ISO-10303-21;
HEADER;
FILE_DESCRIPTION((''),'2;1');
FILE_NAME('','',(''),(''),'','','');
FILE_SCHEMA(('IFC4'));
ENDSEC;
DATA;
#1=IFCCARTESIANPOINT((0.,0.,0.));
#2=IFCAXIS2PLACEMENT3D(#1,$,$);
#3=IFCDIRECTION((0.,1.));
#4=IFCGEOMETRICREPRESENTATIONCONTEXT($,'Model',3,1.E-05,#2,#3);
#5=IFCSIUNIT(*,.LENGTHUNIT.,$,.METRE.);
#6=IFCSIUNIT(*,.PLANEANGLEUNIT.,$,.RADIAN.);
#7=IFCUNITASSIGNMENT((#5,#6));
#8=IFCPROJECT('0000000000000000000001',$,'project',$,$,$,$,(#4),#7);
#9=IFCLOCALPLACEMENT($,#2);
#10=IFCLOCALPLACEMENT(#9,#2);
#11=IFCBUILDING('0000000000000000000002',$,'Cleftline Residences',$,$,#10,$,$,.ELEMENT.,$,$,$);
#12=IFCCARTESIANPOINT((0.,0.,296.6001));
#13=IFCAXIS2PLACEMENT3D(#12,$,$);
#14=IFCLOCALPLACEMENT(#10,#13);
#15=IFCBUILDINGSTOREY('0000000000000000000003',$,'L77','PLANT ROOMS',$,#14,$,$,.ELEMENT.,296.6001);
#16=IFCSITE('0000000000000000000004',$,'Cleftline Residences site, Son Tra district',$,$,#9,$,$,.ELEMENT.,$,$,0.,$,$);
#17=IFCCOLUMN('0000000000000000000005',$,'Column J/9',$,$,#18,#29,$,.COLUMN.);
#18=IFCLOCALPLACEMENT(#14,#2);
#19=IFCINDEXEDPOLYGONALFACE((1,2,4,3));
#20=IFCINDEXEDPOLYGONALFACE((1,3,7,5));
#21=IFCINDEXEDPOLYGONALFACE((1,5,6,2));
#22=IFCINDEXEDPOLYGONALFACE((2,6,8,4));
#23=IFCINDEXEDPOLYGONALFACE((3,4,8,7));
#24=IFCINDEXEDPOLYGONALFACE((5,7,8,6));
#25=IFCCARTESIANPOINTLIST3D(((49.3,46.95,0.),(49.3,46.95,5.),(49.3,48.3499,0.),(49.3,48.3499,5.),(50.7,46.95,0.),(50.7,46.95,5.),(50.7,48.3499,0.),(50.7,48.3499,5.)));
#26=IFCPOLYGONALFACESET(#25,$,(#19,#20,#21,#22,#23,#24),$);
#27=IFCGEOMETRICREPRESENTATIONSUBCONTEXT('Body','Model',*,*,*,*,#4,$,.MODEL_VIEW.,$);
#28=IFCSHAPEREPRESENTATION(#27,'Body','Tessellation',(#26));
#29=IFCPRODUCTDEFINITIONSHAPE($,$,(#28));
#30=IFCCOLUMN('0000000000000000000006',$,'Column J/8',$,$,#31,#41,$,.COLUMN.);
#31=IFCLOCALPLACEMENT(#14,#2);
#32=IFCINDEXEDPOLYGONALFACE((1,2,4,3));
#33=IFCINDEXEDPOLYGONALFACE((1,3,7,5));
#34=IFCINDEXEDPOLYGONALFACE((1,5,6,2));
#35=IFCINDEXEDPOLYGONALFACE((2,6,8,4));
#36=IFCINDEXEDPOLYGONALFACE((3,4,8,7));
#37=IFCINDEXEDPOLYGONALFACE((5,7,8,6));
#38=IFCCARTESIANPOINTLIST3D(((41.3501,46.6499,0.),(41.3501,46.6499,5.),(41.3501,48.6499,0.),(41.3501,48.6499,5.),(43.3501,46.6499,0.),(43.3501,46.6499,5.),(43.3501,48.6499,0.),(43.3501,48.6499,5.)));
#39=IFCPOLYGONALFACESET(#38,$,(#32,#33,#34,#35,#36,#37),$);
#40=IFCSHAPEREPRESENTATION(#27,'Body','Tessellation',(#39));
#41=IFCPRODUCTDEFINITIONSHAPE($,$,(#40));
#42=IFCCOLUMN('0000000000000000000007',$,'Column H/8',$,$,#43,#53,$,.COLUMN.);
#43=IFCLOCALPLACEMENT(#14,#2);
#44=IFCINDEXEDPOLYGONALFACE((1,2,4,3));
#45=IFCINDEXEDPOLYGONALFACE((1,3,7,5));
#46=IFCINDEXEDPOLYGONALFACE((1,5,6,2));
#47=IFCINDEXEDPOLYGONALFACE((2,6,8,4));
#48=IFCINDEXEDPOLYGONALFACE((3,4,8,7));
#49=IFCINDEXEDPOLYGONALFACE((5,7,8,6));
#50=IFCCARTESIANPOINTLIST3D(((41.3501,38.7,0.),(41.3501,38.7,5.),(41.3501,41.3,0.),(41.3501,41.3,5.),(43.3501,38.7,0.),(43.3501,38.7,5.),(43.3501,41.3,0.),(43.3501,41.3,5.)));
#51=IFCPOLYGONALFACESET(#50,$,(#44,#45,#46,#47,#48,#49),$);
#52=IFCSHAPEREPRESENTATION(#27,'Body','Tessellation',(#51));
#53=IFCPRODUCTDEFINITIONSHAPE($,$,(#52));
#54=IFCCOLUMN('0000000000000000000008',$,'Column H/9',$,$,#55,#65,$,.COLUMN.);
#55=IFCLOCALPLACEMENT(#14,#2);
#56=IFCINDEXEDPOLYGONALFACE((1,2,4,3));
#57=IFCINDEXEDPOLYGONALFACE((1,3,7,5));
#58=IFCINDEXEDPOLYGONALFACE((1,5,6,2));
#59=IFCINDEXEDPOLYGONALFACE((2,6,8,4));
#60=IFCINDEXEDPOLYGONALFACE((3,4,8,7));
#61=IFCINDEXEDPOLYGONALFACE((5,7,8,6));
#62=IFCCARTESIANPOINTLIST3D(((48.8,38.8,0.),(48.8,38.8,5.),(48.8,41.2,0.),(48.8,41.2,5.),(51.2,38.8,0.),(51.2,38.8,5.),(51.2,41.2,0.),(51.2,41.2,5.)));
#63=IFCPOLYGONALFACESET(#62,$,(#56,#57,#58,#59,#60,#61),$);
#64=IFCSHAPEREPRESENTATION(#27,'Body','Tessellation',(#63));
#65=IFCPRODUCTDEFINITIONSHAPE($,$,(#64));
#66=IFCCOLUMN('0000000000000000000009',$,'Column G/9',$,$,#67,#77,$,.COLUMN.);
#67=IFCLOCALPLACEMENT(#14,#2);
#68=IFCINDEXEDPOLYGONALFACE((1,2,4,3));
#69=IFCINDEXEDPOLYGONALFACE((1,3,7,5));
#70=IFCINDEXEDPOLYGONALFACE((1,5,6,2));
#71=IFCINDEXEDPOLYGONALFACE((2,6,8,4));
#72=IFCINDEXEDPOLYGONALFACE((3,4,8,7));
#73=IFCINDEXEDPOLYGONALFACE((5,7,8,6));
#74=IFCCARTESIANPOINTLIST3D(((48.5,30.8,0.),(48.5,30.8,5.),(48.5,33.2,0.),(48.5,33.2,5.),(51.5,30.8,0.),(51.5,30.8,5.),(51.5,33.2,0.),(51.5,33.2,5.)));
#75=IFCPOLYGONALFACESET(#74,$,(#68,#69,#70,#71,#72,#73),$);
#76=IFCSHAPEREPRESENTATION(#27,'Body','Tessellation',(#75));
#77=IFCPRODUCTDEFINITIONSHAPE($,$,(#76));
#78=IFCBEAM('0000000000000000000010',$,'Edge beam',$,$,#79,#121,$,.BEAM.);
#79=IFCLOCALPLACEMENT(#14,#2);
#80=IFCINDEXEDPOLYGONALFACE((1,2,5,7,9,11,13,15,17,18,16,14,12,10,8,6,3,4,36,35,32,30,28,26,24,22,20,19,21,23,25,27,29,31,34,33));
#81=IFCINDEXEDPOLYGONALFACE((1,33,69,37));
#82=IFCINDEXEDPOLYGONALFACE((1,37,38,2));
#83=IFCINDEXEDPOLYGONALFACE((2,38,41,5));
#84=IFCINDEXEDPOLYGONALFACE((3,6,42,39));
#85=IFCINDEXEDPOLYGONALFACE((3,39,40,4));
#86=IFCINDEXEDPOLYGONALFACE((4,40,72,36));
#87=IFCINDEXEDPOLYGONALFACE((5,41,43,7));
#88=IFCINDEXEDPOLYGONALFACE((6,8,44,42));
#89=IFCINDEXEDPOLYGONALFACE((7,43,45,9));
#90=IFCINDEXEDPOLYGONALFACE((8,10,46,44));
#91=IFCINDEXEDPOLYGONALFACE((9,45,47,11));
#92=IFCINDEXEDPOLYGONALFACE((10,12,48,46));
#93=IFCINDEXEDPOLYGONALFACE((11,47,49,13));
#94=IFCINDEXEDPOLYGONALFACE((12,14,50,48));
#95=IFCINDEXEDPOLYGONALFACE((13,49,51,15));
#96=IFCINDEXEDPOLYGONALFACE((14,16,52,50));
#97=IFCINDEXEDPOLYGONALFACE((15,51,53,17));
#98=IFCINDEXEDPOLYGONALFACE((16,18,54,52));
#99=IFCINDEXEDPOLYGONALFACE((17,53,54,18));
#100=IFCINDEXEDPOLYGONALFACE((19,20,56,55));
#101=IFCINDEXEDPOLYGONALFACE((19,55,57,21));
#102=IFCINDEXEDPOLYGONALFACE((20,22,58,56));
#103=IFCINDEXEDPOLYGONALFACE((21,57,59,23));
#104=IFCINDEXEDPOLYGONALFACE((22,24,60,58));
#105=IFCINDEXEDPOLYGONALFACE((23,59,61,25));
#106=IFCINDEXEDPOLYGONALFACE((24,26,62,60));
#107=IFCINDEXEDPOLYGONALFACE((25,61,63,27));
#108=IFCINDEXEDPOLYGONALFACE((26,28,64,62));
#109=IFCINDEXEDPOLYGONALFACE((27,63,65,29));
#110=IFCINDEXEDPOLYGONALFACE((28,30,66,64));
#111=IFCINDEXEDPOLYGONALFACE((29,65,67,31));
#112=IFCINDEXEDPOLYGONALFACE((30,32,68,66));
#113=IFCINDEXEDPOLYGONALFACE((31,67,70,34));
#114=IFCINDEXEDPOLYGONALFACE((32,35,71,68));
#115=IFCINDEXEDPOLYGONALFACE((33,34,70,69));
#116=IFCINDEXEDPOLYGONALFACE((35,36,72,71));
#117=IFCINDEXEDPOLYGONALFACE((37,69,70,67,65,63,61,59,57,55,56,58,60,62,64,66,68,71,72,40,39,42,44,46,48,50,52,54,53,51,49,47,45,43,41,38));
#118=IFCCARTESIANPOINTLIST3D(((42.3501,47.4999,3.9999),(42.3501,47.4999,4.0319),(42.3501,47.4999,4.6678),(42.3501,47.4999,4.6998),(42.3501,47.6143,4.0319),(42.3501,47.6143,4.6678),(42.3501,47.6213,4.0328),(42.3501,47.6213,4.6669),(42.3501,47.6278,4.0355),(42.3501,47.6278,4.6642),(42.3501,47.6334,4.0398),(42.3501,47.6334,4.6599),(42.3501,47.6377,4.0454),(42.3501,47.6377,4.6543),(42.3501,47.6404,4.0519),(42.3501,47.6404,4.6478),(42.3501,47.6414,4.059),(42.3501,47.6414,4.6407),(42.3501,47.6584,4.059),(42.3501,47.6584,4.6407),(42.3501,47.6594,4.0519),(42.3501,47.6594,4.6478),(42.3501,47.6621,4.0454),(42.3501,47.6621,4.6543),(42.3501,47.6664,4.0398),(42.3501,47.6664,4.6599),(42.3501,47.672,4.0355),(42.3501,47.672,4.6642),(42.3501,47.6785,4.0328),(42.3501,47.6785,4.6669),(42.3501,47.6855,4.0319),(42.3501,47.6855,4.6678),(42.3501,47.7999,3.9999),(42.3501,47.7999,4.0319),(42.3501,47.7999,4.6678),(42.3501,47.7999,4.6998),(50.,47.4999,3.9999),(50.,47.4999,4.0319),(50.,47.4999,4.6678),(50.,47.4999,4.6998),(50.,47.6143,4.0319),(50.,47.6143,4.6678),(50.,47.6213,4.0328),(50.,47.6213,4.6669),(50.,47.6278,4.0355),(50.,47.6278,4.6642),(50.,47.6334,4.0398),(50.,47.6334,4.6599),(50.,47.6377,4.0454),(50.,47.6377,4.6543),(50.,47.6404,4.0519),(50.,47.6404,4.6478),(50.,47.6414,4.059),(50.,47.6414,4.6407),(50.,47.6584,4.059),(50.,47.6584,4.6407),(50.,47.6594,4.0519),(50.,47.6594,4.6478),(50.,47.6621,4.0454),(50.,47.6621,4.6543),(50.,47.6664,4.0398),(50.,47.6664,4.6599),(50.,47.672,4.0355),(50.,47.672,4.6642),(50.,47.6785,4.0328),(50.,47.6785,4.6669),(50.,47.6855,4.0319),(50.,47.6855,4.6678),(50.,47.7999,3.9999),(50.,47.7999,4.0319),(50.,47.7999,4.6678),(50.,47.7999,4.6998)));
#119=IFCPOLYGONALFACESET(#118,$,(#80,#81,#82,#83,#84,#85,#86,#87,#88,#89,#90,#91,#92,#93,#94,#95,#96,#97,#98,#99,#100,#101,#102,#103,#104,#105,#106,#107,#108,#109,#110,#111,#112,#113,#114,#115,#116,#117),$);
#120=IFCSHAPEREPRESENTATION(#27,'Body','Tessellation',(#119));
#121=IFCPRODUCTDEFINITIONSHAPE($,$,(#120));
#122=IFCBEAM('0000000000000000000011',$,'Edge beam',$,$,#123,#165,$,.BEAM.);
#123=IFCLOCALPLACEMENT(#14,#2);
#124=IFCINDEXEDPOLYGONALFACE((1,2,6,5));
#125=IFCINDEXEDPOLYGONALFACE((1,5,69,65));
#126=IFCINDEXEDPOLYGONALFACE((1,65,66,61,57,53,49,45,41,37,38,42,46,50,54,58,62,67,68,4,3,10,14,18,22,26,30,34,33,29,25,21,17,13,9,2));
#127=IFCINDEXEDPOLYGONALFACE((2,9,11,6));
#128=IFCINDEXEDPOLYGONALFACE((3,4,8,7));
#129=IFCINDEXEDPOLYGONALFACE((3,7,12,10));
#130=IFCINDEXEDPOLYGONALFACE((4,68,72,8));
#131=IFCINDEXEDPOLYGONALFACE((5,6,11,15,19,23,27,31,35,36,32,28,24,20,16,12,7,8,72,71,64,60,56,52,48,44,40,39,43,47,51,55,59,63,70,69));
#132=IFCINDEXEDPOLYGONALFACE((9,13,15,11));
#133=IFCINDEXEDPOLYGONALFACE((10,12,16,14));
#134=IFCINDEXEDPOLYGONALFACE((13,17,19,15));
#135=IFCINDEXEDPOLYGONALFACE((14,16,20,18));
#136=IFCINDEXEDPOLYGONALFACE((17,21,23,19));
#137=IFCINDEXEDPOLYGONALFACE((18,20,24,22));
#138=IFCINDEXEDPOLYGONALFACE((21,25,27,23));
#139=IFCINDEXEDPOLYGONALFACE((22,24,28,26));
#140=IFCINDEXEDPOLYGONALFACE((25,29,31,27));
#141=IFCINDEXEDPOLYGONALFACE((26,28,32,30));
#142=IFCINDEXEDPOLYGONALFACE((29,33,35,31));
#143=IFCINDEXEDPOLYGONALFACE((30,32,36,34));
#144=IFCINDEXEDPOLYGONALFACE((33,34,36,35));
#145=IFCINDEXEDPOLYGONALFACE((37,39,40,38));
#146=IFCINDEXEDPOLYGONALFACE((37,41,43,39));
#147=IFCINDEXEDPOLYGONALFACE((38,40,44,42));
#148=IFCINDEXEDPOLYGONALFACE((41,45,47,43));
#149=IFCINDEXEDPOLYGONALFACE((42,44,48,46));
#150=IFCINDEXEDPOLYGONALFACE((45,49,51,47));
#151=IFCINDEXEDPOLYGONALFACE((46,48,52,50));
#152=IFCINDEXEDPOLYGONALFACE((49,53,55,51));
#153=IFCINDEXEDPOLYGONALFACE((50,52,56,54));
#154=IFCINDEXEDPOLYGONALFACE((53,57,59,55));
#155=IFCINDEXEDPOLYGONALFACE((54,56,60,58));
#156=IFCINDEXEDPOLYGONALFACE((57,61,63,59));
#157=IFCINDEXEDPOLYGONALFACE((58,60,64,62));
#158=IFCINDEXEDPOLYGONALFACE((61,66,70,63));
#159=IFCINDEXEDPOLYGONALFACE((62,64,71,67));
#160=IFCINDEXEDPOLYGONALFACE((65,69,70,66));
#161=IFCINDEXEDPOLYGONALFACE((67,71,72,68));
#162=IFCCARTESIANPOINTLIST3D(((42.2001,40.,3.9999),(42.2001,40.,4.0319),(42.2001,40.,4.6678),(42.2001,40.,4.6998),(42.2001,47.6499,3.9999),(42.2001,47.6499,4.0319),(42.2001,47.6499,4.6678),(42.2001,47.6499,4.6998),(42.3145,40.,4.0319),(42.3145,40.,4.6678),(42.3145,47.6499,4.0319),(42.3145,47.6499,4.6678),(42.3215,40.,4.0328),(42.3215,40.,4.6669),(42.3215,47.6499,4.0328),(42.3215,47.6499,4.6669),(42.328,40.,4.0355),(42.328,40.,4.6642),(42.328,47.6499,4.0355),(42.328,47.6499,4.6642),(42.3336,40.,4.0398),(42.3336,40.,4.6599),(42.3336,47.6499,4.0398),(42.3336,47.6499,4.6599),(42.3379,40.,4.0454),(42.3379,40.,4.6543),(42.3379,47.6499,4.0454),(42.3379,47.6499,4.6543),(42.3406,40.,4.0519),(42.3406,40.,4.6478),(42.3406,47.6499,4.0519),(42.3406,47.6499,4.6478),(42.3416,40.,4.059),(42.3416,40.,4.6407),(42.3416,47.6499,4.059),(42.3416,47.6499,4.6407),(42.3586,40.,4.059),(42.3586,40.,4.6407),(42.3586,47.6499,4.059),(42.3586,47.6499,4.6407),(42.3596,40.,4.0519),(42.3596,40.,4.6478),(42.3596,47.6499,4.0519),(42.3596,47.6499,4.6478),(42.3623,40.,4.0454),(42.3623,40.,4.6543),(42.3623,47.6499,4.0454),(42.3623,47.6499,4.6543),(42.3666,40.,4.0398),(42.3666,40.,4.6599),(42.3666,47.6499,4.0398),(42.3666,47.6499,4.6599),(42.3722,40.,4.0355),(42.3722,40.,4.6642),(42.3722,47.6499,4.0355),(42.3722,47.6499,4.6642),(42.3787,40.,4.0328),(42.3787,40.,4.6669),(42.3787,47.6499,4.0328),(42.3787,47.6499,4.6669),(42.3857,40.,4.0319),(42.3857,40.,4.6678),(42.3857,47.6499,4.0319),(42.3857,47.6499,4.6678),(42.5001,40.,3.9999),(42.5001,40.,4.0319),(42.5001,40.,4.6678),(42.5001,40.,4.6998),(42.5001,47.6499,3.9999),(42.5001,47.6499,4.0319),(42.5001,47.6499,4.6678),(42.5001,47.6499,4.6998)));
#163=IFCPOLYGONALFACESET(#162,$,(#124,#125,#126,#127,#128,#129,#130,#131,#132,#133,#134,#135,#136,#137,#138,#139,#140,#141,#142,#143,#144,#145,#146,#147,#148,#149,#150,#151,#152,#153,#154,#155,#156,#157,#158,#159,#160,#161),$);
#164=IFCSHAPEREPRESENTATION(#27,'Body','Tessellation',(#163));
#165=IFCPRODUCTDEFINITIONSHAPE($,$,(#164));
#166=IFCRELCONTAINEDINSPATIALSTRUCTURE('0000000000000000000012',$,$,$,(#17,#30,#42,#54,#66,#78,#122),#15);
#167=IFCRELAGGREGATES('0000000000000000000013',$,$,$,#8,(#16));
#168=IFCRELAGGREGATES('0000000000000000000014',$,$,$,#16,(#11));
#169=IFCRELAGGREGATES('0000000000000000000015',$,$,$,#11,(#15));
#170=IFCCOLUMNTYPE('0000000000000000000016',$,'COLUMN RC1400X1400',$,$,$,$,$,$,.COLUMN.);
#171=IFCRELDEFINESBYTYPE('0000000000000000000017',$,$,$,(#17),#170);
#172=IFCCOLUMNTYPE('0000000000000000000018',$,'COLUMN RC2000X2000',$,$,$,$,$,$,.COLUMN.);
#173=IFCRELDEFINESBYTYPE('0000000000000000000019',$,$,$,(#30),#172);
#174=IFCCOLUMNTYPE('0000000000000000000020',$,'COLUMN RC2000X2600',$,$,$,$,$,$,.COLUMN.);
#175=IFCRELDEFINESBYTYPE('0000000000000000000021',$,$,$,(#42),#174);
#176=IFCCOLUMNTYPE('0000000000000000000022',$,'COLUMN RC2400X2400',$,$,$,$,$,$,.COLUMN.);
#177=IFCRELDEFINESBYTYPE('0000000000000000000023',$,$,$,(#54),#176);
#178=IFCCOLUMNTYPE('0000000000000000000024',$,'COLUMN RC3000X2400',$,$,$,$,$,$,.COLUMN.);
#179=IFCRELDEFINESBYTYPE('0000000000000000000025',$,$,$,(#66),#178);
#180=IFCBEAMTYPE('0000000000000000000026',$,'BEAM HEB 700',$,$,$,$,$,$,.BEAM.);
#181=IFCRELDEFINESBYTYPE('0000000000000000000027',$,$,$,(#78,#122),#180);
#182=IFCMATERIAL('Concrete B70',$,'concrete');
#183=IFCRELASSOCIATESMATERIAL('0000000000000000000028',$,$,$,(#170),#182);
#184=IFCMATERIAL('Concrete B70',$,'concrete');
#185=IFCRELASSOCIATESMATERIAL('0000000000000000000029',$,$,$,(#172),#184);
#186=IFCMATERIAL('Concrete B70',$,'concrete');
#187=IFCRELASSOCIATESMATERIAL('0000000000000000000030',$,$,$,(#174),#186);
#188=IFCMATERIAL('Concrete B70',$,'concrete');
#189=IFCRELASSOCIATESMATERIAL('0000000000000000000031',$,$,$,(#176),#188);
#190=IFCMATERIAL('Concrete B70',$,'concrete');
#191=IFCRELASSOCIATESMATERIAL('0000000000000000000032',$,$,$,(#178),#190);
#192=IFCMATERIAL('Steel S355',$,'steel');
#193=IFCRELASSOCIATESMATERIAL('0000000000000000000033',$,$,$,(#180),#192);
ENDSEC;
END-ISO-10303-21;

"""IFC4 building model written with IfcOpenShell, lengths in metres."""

from ifc_helpers import new_model, si_unit, direction, frame, origin, origin_2d, place, context, subcontext, project, spatial, rectangle, i_section, extrude, material, material_profile, profile_set, type_object, element, save


model = new_model("IFC4")

# Units and contexts
model_context = context("Model", 3, precision=1e-05, world=origin(), true_north=direction((0.0, 1.0)))
body_context = subcontext(model_context, "Body", "Model", "MODEL_VIEW")
ifc_project = project(units=[si_unit("LENGTHUNIT", "METRE"), si_unit("PLANEANGLEUNIT", "RADIAN")], contexts=[model_context])

# Site, building, storey
site_placement = place(None, origin())
site = spatial("IfcSite", under=ifc_project, at=site_placement, Name="Cleftline Residences site, Son Tra district", CompositionType="ELEMENT", RefElevation=0.0)
building_placement = place(site_placement, origin())
building = spatial("IfcBuilding", under=site, at=building_placement, Name="Cleftline Residences", CompositionType="ELEMENT")
storey_placement = place(building_placement, frame((0.0, 0.0, 296.6001)))
storey = spatial("IfcBuildingStorey", under=building, at=storey_placement, Name="L77", Description="PLANT ROOMS", CompositionType="ELEMENT", Elevation=296.6001)

# Columns
ifc_material_1 = material(Name="Concrete B70", Category="concrete")
ifc_material_profile_1 = material_profile(ifc_material_1, rectangle(XDim=1.3999, YDim=1.3999, at=origin_2d()))
ifc_profile_set_1 = profile_set([ifc_material_profile_1], Name="Concrete B70")
column_type_1 = type_object("IfcColumnType", Name="COLUMN RC1400X1400", PredefinedType="COLUMN", material=ifc_profile_set_1)
column_1_placement = place(storey_placement, frame((50.0, 47.6499, 0.0), z_axis=(0.0, 0.0, 1.0), x_axis=(1.0, 0.0, 0.0)))
element("IfcColumn", 1, at=column_1_placement, inside=storey, type_object=column_type_1, Name="Column J/9", PredefinedType="COLUMN", context=body_context, shape_type="SweptSolid", body=[
    extrude(rectangle(XDim=1.3999, YDim=1.3999, at=origin_2d()), origin(), (0.0, 0.0, 1.0), 5.0),
])
ifc_material_2 = material(Name="Concrete B70", Category="concrete")
ifc_material_profile_2 = material_profile(ifc_material_2, rectangle(XDim=2.0, YDim=2.0, at=origin_2d()))
ifc_profile_set_2 = profile_set([ifc_material_profile_2], Name="Concrete B70")
column_type_2 = type_object("IfcColumnType", Name="COLUMN RC2000X2000", PredefinedType="COLUMN", material=ifc_profile_set_2)
column_2_placement = place(storey_placement, frame((42.3501, 47.6499, 0.0), z_axis=(0.0, 0.0, 1.0), x_axis=(1.0, 0.0, 0.0)))
element("IfcColumn", 2, at=column_2_placement, inside=storey, type_object=column_type_2, Name="Column J/8", PredefinedType="COLUMN", context=body_context, shape_type="SweptSolid", body=[
    extrude(rectangle(XDim=2.0, YDim=2.0, at=origin_2d()), origin(), (0.0, 0.0, 1.0), 5.0),
])
ifc_material_3 = material(Name="Concrete B70", Category="concrete")
ifc_material_profile_3 = material_profile(ifc_material_3, rectangle(XDim=2.0, YDim=2.6001, at=origin_2d()))
ifc_profile_set_3 = profile_set([ifc_material_profile_3], Name="Concrete B70")
column_type_3 = type_object("IfcColumnType", Name="COLUMN RC2000X2600", PredefinedType="COLUMN", material=ifc_profile_set_3)
column_3_placement = place(storey_placement, frame((42.3501, 40.0, 0.0), z_axis=(0.0, 0.0, 1.0), x_axis=(1.0, 0.0, 0.0)))
element("IfcColumn", 3, at=column_3_placement, inside=storey, type_object=column_type_3, Name="Column H/8", PredefinedType="COLUMN", context=body_context, shape_type="SweptSolid", body=[
    extrude(rectangle(XDim=2.0, YDim=2.6001, at=origin_2d()), origin(), (0.0, 0.0, 1.0), 5.0),
])
ifc_material_4 = material(Name="Concrete B70", Category="concrete")
ifc_material_profile_4 = material_profile(ifc_material_4, rectangle(XDim=2.3999, YDim=2.3999, at=origin_2d()))
ifc_profile_set_4 = profile_set([ifc_material_profile_4], Name="Concrete B70")
column_type_4 = type_object("IfcColumnType", Name="COLUMN RC2400X2400", PredefinedType="COLUMN", material=ifc_profile_set_4)
column_4_placement = place(storey_placement, frame((50.0, 40.0, 0.0), z_axis=(0.0, 0.0, 1.0), x_axis=(1.0, 0.0, 0.0)))
element("IfcColumn", 4, at=column_4_placement, inside=storey, type_object=column_type_4, Name="Column H/9", PredefinedType="COLUMN", context=body_context, shape_type="SweptSolid", body=[
    extrude(rectangle(XDim=2.3999, YDim=2.3999, at=origin_2d()), origin(), (0.0, 0.0, 1.0), 5.0),
])
ifc_material_5 = material(Name="Concrete B70", Category="concrete")
ifc_material_profile_5 = material_profile(ifc_material_5, rectangle(XDim=3.0, YDim=2.3999, at=origin_2d()))
ifc_profile_set_5 = profile_set([ifc_material_profile_5], Name="Concrete B70")
column_type_5 = type_object("IfcColumnType", Name="COLUMN RC3000X2400", PredefinedType="COLUMN", material=ifc_profile_set_5)
column_5_placement = place(storey_placement, frame((50.0, 32.0, 0.0), z_axis=(0.0, 0.0, 1.0), x_axis=(1.0, 0.0, 0.0)))
element("IfcColumn", 5, at=column_5_placement, inside=storey, type_object=column_type_5, Name="Column G/9", PredefinedType="COLUMN", context=body_context, shape_type="SweptSolid", body=[
    extrude(rectangle(XDim=3.0, YDim=2.3999, at=origin_2d()), origin(), (0.0, 0.0, 1.0), 5.0),
])

# Beams
ifc_material_6 = material(Name="Steel S355", Category="steel")
ifc_material_profile_6 = material_profile(ifc_material_6, i_section(OverallWidth=0.3, OverallDepth=0.7, WebThickness=0.0171, FlangeThickness=0.032, FilletRadius=0.0271, at=origin_2d()))
ifc_profile_set_6 = profile_set([ifc_material_profile_6], Name="Steel S355")
beam_type_1 = type_object("IfcBeamType", Name="BEAM HEB 700", PredefinedType="BEAM", material=ifc_profile_set_6)
for number, where, z_axis, x_axis, name in (
    (6, (50.0, 47.6499, 4.3499), (-1.0, 0.0, 0.0), (0.0, -1.0, 0.0), "Edge beam"),
    (7, (42.3501, 47.6499, 4.3499), (0.0, -1.0, 0.0), (1.0, 0.0, 0.0), "Edge beam"),
):
    element("IfcBeam", number, at=place(storey_placement, frame(where, z_axis=z_axis, x_axis=x_axis)), inside=storey, type_object=beam_type_1, Name=name, PredefinedType="BEAM", context=body_context, shape_type="SweptSolid", body=[
        extrude(i_section(OverallWidth=0.3, OverallDepth=0.7, WebThickness=0.0171, FlangeThickness=0.032, FilletRadius=0.0271, at=origin_2d()), origin(), (0.0, 0.0, 1.0), 7.6499),
    ])

save(model, "model.ifc")
